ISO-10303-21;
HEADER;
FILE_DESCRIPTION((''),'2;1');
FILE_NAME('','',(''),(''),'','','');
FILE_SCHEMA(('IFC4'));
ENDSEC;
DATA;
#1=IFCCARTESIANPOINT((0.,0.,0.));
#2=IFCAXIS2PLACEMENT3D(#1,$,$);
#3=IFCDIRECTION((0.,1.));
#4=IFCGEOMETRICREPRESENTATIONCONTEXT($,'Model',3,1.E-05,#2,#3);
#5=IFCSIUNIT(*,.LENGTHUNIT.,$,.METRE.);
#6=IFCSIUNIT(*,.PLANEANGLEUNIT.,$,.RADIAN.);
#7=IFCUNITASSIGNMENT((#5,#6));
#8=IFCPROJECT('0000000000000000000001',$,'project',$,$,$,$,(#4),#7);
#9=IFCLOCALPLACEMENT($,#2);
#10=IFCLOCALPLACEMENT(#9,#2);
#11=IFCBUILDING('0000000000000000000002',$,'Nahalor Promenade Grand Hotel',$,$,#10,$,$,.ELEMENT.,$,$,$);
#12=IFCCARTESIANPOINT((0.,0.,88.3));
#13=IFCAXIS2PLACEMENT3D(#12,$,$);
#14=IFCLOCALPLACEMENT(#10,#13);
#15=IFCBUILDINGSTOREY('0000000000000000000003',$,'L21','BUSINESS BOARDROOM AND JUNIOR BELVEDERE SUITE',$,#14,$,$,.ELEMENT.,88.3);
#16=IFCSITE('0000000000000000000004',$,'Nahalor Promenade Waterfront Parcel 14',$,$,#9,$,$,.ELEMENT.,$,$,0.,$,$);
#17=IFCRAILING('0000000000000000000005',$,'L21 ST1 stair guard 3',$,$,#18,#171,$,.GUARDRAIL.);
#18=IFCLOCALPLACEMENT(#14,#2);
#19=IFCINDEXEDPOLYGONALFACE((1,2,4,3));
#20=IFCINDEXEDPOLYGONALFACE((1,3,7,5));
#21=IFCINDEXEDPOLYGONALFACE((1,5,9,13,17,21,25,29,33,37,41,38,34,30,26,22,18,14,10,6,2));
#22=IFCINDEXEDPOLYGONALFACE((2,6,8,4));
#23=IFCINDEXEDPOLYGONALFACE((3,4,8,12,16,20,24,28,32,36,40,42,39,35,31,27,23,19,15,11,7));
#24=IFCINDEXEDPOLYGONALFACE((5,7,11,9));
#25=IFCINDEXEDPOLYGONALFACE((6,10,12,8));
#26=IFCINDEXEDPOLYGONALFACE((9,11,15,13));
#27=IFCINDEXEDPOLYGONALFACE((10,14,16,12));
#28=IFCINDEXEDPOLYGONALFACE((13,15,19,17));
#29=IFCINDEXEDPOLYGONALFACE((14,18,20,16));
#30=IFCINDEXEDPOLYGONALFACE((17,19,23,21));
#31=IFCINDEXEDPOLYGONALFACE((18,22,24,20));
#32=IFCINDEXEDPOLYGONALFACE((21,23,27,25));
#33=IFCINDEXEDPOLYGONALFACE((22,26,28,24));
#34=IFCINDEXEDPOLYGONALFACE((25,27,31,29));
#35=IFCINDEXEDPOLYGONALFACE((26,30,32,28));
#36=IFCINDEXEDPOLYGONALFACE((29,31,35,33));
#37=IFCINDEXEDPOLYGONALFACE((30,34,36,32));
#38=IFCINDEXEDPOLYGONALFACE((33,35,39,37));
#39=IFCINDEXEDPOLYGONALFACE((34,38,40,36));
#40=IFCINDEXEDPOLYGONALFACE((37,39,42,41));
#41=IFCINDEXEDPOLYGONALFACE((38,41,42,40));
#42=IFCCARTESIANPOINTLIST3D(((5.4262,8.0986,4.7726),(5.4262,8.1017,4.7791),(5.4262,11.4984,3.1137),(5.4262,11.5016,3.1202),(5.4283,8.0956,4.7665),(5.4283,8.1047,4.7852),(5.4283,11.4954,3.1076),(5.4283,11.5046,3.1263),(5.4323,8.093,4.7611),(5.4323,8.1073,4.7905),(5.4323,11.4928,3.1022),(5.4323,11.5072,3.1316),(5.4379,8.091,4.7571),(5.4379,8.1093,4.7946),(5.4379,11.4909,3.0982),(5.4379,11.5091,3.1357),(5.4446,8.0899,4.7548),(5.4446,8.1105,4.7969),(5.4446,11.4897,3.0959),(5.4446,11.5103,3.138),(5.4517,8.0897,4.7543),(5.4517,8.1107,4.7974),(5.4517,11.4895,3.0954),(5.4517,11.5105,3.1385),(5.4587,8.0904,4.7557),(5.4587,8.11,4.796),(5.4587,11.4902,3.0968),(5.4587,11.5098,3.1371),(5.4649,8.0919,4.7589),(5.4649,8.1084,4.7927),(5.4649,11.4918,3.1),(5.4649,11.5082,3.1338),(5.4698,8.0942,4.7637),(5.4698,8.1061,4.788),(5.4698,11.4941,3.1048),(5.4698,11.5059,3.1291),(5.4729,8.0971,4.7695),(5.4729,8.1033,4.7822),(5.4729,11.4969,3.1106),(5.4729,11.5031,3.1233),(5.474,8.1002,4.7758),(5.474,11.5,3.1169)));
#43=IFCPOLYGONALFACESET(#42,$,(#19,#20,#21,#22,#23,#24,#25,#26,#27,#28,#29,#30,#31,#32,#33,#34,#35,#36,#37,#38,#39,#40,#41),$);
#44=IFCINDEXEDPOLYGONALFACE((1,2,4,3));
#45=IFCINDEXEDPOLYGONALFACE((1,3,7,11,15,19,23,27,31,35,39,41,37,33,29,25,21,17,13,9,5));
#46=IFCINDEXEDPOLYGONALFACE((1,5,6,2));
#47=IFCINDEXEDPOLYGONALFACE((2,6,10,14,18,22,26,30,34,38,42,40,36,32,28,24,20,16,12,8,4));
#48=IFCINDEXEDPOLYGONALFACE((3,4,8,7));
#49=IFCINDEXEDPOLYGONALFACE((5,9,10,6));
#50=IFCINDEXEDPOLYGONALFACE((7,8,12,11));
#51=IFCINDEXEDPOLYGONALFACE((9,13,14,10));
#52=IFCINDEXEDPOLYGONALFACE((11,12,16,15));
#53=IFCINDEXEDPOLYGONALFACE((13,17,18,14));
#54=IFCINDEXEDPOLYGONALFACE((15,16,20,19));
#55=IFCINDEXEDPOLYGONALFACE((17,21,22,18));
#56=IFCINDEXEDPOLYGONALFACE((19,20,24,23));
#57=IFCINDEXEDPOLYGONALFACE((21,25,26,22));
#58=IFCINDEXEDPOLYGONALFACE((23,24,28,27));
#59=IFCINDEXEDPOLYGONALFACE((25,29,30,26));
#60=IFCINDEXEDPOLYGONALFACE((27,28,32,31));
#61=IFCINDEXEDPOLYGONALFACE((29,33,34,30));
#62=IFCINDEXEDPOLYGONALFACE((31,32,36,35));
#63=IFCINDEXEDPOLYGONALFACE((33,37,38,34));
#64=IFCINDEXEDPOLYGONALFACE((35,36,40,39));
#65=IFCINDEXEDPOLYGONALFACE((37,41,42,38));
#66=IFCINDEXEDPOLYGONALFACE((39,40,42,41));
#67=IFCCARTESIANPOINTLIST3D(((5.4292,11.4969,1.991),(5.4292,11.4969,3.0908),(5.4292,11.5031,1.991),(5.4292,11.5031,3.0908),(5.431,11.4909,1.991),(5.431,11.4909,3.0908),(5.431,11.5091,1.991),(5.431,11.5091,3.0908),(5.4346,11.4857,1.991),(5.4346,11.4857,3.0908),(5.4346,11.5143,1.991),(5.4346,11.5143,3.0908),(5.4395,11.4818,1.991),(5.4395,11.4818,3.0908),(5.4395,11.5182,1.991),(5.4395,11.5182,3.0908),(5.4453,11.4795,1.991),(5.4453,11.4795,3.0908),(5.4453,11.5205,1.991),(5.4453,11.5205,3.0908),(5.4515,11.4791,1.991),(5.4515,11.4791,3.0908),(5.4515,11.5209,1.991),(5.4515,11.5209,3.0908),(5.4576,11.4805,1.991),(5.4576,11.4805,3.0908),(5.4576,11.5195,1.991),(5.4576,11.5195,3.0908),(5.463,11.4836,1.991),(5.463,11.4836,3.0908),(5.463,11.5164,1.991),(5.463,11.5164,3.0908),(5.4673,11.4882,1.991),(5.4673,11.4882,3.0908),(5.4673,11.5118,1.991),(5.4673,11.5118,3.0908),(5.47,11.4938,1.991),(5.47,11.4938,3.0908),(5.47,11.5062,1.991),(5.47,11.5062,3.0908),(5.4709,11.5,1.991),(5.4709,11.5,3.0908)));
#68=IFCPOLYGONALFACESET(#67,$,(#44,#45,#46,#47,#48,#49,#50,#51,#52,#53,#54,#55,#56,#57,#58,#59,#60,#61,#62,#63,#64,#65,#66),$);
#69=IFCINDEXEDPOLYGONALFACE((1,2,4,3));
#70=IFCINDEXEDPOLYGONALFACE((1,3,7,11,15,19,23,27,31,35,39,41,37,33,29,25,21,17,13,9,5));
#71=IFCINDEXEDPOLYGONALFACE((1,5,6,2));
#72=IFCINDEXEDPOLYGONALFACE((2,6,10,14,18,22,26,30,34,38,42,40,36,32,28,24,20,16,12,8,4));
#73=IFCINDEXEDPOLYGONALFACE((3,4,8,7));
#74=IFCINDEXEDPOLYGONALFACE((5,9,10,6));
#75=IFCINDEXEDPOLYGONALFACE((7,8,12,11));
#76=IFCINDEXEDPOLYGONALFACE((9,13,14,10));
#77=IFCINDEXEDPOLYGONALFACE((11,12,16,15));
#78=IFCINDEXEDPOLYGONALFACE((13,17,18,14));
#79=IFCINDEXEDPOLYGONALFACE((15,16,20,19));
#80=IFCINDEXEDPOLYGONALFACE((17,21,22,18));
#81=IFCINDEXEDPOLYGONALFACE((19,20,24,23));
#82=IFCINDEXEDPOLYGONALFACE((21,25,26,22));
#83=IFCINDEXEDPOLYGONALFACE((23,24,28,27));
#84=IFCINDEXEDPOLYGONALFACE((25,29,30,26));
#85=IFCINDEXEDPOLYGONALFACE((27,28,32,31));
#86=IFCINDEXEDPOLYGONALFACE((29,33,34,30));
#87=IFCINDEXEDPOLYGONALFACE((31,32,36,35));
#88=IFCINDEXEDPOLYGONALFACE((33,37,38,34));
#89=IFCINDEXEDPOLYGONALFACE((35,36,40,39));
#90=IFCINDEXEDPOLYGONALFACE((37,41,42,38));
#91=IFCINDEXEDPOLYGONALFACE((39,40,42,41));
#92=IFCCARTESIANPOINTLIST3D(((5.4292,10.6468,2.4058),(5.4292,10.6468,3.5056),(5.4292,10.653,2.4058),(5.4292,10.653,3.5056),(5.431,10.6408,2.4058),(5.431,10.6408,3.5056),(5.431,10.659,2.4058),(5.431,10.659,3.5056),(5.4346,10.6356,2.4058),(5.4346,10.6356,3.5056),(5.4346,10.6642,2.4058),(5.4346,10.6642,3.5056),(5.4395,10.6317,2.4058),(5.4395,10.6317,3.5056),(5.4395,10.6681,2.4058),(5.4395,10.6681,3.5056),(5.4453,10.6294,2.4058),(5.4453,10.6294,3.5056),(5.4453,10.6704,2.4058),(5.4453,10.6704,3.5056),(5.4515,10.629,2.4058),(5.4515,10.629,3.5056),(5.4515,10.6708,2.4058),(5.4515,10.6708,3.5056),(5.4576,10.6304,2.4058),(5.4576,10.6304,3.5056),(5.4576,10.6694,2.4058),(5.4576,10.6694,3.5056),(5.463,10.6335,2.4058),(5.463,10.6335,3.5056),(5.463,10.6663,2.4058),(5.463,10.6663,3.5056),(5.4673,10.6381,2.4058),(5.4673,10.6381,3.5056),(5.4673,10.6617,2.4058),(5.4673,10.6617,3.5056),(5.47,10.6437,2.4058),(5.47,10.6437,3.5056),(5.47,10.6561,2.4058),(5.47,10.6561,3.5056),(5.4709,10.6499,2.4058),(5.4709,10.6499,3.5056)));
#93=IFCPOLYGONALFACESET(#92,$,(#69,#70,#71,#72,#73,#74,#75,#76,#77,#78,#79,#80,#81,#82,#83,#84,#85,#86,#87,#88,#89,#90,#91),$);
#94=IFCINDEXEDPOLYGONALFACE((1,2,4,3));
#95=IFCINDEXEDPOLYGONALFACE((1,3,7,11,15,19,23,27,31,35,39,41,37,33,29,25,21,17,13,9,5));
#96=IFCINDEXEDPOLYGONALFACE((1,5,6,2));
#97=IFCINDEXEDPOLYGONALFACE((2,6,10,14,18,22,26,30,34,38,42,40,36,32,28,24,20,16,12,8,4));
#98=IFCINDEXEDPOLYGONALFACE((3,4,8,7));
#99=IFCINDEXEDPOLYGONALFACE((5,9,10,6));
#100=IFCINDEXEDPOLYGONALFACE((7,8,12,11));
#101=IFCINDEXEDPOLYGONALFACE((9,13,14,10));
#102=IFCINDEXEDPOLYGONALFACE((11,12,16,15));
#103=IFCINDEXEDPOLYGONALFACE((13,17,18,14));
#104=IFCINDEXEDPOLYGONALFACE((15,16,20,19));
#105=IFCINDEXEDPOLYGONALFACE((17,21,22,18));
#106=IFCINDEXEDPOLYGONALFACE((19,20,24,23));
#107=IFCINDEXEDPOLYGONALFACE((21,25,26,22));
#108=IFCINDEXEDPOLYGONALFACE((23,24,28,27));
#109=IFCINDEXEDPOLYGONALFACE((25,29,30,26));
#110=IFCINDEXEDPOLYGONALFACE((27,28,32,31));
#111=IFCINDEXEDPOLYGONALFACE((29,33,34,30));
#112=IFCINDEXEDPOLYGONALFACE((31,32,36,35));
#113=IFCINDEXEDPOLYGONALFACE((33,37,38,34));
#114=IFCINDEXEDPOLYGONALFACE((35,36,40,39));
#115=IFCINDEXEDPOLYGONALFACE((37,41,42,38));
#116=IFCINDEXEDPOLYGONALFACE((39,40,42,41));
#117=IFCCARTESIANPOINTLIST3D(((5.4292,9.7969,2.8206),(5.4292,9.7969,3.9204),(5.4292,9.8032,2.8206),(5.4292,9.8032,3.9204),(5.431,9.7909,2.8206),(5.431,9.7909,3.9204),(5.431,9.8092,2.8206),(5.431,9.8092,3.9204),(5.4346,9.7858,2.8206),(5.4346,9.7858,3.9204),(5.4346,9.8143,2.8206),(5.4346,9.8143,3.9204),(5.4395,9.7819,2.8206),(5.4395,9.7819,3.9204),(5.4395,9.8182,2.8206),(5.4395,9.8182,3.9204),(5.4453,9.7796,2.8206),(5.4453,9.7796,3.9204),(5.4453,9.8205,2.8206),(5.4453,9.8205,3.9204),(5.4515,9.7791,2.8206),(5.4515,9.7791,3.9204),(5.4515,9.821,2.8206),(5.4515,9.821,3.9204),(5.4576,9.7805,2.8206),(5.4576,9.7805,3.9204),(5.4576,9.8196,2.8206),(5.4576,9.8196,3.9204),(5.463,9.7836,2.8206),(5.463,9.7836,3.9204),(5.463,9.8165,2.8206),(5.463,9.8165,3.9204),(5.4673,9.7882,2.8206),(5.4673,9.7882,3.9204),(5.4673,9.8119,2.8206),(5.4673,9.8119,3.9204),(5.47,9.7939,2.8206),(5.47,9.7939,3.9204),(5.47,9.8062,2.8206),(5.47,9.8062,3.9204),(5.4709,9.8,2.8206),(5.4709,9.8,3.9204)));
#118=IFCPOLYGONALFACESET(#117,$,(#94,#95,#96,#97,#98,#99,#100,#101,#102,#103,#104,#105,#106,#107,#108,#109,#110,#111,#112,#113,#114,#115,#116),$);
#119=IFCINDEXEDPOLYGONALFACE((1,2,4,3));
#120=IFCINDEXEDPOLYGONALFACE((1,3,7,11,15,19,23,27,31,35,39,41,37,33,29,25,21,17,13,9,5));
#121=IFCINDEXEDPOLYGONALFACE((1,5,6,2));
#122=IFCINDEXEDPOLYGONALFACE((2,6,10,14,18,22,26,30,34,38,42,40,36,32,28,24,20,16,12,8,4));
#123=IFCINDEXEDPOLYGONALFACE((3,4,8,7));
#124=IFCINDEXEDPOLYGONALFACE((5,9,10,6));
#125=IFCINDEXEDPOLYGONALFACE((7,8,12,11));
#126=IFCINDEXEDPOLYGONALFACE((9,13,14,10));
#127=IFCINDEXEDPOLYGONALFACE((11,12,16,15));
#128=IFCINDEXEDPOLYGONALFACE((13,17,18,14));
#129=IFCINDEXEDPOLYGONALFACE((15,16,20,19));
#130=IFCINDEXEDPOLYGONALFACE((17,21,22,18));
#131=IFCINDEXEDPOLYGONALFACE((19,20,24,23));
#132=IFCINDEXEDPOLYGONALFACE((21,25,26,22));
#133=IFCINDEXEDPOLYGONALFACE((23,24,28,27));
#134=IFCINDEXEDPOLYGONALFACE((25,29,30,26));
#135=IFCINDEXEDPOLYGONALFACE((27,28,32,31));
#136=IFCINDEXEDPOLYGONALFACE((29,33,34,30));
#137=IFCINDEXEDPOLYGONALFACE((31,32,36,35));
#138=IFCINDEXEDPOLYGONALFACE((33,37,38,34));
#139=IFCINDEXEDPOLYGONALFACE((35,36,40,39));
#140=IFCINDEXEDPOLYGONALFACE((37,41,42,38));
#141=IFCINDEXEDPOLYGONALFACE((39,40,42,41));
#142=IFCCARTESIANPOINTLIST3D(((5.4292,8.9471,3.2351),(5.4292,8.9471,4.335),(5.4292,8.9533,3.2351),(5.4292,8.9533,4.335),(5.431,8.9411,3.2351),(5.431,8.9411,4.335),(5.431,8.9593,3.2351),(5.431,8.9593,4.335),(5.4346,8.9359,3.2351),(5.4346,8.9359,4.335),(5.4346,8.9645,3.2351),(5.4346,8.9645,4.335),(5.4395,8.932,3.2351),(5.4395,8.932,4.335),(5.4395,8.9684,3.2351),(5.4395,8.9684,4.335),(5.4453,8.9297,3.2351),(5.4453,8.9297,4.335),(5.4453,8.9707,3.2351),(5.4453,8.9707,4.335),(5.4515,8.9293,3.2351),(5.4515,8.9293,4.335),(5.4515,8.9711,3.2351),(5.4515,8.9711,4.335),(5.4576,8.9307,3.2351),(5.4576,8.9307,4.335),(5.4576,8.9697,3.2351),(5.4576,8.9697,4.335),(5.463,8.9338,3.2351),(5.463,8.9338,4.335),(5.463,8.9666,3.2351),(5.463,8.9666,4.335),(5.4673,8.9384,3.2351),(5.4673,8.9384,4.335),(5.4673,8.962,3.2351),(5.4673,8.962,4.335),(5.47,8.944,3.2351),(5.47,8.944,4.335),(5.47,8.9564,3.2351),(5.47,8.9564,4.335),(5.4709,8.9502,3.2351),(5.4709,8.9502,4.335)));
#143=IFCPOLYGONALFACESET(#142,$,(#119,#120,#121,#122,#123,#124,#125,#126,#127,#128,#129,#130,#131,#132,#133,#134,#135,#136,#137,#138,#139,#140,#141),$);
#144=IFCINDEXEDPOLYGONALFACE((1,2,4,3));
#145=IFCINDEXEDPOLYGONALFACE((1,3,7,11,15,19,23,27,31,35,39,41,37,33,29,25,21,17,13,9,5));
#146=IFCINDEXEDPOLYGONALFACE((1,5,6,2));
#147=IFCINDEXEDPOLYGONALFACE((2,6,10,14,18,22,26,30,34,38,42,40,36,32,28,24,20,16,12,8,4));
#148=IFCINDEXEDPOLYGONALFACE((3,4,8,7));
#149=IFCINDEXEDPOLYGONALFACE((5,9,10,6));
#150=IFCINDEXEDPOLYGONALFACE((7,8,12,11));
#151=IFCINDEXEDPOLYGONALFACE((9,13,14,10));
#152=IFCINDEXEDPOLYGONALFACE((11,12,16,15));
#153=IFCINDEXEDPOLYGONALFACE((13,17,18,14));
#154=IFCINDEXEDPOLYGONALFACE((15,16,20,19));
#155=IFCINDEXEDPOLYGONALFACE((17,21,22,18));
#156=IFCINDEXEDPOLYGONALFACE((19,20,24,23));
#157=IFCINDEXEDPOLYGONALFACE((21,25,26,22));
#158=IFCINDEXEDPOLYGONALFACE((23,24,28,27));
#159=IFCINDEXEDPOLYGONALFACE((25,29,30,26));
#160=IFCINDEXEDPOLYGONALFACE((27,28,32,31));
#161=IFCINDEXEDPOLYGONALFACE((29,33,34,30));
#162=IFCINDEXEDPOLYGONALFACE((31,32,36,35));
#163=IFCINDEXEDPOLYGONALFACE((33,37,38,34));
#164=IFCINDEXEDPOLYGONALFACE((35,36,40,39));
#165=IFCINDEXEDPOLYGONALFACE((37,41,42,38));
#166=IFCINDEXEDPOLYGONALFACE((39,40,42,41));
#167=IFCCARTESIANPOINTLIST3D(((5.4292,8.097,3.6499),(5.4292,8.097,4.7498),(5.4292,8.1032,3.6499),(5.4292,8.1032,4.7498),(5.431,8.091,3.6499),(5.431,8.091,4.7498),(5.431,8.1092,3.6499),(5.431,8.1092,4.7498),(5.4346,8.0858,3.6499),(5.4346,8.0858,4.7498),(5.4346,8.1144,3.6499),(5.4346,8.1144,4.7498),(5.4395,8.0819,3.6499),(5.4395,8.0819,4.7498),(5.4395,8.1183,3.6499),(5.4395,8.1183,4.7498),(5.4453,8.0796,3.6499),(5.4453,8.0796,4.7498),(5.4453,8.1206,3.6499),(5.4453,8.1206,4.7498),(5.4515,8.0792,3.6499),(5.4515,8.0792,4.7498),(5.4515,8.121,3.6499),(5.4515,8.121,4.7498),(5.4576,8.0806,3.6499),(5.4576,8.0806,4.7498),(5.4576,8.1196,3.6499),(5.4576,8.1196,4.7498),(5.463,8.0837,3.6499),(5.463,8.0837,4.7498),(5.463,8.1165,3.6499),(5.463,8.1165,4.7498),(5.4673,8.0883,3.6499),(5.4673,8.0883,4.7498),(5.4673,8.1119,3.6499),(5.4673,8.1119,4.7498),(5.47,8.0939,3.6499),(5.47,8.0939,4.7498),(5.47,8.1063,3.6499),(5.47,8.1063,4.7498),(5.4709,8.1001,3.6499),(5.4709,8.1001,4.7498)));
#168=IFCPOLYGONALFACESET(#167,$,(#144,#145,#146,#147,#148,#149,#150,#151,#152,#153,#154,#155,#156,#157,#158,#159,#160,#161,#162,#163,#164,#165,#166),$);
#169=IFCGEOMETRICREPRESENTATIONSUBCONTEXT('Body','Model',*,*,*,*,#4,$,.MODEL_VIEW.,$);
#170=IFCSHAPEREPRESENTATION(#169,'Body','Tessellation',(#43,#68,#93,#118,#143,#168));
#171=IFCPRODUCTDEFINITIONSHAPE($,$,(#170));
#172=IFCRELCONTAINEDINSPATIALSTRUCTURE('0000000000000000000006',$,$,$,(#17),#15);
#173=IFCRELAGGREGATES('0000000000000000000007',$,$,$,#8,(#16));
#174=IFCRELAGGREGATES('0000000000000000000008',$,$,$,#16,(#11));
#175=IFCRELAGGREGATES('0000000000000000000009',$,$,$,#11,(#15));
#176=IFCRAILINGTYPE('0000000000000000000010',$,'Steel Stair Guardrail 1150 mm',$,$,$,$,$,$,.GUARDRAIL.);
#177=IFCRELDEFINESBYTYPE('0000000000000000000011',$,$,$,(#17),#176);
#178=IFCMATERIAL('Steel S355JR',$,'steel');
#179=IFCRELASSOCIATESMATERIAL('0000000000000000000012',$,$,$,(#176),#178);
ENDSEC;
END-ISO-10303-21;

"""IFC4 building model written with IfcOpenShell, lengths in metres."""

from ifc_helpers import new_model, si_unit, direction, frame, origin, origin_2d, place, context, subcontext, project, spatial, circle, extrude, material, type_object, element, save


model = new_model("IFC4")

# Units and contexts
model_context = context("Model", 3, precision=1e-05, world=origin(), true_north=direction((0.0, 1.0)))
body_context = subcontext(model_context, "Body", "Model", "MODEL_VIEW")
ifc_project = project(units=[si_unit("LENGTHUNIT", "METRE"), si_unit("PLANEANGLEUNIT", "RADIAN")], contexts=[model_context])

# Site, building, storey
site_placement = place(None, origin())
site = spatial("IfcSite", under=ifc_project, at=site_placement, Name="Nahalor Promenade Waterfront Parcel 14", CompositionType="ELEMENT", RefElevation=0.0)
building_placement = place(site_placement, origin())
building = spatial("IfcBuilding", under=site, at=building_placement, Name="Nahalor Promenade Grand Hotel", CompositionType="ELEMENT")
storey_placement = place(building_placement, frame((0.0, 0.0, 88.3)))
storey = spatial("IfcBuildingStorey", under=building, at=storey_placement, Name="L21", Description="BUSINESS BOARDROOM AND JUNIOR BELVEDERE SUITE", CompositionType="ELEMENT", Elevation=88.3)

# Shared definitions
ifc_material_1 = material(Name="Steel S355JR", Category="steel")

# Railing
railing_type_1 = type_object("IfcRailingType", Name="Steel Stair Guardrail 1150 mm", PredefinedType="GUARDRAIL", material=ifc_material_1)
railing_1_placement = place(storey_placement, frame((5.45, 11.5, 1.991)))
element("IfcRailing", 1, at=railing_1_placement, inside=storey, type_object=railing_type_1, Name="L21 ST1 stair guard 3", PredefinedType="GUARDRAIL", context=body_context, shape_type="SweptSolid", body=[
    extrude(circle(Radius=0.024, at=origin_2d()), frame((0.0, 0.0, 1.126), z_axis=(0.0, -0.898722, 0.438519), x_axis=(1.0, 0.0, 0.0)), (0.0, 0.0, 1.0), 3.783),
    extrude(circle(Radius=0.021, at=origin_2d()), origin(), (0.0, 0.0, 1.0), 1.0999),
    extrude(circle(Radius=0.021, at=origin_2d()), frame((0.0, -0.8501, 0.4148)), (0.0, 0.0, 1.0), 1.0999),
    extrude(circle(Radius=0.021, at=origin_2d()), frame((0.0, -1.7, 0.8296)), (0.0, 0.0, 1.0), 1.0999),
    extrude(circle(Radius=0.021, at=origin_2d()), frame((0.0, -2.5498, 1.2441)), (0.0, 0.0, 1.0), 1.0999),
    extrude(circle(Radius=0.021, at=origin_2d()), frame((0.0, -3.3999, 1.6589)), (0.0, 0.0, 1.0), 1.0999),
])

save(model, "model.ifc")
